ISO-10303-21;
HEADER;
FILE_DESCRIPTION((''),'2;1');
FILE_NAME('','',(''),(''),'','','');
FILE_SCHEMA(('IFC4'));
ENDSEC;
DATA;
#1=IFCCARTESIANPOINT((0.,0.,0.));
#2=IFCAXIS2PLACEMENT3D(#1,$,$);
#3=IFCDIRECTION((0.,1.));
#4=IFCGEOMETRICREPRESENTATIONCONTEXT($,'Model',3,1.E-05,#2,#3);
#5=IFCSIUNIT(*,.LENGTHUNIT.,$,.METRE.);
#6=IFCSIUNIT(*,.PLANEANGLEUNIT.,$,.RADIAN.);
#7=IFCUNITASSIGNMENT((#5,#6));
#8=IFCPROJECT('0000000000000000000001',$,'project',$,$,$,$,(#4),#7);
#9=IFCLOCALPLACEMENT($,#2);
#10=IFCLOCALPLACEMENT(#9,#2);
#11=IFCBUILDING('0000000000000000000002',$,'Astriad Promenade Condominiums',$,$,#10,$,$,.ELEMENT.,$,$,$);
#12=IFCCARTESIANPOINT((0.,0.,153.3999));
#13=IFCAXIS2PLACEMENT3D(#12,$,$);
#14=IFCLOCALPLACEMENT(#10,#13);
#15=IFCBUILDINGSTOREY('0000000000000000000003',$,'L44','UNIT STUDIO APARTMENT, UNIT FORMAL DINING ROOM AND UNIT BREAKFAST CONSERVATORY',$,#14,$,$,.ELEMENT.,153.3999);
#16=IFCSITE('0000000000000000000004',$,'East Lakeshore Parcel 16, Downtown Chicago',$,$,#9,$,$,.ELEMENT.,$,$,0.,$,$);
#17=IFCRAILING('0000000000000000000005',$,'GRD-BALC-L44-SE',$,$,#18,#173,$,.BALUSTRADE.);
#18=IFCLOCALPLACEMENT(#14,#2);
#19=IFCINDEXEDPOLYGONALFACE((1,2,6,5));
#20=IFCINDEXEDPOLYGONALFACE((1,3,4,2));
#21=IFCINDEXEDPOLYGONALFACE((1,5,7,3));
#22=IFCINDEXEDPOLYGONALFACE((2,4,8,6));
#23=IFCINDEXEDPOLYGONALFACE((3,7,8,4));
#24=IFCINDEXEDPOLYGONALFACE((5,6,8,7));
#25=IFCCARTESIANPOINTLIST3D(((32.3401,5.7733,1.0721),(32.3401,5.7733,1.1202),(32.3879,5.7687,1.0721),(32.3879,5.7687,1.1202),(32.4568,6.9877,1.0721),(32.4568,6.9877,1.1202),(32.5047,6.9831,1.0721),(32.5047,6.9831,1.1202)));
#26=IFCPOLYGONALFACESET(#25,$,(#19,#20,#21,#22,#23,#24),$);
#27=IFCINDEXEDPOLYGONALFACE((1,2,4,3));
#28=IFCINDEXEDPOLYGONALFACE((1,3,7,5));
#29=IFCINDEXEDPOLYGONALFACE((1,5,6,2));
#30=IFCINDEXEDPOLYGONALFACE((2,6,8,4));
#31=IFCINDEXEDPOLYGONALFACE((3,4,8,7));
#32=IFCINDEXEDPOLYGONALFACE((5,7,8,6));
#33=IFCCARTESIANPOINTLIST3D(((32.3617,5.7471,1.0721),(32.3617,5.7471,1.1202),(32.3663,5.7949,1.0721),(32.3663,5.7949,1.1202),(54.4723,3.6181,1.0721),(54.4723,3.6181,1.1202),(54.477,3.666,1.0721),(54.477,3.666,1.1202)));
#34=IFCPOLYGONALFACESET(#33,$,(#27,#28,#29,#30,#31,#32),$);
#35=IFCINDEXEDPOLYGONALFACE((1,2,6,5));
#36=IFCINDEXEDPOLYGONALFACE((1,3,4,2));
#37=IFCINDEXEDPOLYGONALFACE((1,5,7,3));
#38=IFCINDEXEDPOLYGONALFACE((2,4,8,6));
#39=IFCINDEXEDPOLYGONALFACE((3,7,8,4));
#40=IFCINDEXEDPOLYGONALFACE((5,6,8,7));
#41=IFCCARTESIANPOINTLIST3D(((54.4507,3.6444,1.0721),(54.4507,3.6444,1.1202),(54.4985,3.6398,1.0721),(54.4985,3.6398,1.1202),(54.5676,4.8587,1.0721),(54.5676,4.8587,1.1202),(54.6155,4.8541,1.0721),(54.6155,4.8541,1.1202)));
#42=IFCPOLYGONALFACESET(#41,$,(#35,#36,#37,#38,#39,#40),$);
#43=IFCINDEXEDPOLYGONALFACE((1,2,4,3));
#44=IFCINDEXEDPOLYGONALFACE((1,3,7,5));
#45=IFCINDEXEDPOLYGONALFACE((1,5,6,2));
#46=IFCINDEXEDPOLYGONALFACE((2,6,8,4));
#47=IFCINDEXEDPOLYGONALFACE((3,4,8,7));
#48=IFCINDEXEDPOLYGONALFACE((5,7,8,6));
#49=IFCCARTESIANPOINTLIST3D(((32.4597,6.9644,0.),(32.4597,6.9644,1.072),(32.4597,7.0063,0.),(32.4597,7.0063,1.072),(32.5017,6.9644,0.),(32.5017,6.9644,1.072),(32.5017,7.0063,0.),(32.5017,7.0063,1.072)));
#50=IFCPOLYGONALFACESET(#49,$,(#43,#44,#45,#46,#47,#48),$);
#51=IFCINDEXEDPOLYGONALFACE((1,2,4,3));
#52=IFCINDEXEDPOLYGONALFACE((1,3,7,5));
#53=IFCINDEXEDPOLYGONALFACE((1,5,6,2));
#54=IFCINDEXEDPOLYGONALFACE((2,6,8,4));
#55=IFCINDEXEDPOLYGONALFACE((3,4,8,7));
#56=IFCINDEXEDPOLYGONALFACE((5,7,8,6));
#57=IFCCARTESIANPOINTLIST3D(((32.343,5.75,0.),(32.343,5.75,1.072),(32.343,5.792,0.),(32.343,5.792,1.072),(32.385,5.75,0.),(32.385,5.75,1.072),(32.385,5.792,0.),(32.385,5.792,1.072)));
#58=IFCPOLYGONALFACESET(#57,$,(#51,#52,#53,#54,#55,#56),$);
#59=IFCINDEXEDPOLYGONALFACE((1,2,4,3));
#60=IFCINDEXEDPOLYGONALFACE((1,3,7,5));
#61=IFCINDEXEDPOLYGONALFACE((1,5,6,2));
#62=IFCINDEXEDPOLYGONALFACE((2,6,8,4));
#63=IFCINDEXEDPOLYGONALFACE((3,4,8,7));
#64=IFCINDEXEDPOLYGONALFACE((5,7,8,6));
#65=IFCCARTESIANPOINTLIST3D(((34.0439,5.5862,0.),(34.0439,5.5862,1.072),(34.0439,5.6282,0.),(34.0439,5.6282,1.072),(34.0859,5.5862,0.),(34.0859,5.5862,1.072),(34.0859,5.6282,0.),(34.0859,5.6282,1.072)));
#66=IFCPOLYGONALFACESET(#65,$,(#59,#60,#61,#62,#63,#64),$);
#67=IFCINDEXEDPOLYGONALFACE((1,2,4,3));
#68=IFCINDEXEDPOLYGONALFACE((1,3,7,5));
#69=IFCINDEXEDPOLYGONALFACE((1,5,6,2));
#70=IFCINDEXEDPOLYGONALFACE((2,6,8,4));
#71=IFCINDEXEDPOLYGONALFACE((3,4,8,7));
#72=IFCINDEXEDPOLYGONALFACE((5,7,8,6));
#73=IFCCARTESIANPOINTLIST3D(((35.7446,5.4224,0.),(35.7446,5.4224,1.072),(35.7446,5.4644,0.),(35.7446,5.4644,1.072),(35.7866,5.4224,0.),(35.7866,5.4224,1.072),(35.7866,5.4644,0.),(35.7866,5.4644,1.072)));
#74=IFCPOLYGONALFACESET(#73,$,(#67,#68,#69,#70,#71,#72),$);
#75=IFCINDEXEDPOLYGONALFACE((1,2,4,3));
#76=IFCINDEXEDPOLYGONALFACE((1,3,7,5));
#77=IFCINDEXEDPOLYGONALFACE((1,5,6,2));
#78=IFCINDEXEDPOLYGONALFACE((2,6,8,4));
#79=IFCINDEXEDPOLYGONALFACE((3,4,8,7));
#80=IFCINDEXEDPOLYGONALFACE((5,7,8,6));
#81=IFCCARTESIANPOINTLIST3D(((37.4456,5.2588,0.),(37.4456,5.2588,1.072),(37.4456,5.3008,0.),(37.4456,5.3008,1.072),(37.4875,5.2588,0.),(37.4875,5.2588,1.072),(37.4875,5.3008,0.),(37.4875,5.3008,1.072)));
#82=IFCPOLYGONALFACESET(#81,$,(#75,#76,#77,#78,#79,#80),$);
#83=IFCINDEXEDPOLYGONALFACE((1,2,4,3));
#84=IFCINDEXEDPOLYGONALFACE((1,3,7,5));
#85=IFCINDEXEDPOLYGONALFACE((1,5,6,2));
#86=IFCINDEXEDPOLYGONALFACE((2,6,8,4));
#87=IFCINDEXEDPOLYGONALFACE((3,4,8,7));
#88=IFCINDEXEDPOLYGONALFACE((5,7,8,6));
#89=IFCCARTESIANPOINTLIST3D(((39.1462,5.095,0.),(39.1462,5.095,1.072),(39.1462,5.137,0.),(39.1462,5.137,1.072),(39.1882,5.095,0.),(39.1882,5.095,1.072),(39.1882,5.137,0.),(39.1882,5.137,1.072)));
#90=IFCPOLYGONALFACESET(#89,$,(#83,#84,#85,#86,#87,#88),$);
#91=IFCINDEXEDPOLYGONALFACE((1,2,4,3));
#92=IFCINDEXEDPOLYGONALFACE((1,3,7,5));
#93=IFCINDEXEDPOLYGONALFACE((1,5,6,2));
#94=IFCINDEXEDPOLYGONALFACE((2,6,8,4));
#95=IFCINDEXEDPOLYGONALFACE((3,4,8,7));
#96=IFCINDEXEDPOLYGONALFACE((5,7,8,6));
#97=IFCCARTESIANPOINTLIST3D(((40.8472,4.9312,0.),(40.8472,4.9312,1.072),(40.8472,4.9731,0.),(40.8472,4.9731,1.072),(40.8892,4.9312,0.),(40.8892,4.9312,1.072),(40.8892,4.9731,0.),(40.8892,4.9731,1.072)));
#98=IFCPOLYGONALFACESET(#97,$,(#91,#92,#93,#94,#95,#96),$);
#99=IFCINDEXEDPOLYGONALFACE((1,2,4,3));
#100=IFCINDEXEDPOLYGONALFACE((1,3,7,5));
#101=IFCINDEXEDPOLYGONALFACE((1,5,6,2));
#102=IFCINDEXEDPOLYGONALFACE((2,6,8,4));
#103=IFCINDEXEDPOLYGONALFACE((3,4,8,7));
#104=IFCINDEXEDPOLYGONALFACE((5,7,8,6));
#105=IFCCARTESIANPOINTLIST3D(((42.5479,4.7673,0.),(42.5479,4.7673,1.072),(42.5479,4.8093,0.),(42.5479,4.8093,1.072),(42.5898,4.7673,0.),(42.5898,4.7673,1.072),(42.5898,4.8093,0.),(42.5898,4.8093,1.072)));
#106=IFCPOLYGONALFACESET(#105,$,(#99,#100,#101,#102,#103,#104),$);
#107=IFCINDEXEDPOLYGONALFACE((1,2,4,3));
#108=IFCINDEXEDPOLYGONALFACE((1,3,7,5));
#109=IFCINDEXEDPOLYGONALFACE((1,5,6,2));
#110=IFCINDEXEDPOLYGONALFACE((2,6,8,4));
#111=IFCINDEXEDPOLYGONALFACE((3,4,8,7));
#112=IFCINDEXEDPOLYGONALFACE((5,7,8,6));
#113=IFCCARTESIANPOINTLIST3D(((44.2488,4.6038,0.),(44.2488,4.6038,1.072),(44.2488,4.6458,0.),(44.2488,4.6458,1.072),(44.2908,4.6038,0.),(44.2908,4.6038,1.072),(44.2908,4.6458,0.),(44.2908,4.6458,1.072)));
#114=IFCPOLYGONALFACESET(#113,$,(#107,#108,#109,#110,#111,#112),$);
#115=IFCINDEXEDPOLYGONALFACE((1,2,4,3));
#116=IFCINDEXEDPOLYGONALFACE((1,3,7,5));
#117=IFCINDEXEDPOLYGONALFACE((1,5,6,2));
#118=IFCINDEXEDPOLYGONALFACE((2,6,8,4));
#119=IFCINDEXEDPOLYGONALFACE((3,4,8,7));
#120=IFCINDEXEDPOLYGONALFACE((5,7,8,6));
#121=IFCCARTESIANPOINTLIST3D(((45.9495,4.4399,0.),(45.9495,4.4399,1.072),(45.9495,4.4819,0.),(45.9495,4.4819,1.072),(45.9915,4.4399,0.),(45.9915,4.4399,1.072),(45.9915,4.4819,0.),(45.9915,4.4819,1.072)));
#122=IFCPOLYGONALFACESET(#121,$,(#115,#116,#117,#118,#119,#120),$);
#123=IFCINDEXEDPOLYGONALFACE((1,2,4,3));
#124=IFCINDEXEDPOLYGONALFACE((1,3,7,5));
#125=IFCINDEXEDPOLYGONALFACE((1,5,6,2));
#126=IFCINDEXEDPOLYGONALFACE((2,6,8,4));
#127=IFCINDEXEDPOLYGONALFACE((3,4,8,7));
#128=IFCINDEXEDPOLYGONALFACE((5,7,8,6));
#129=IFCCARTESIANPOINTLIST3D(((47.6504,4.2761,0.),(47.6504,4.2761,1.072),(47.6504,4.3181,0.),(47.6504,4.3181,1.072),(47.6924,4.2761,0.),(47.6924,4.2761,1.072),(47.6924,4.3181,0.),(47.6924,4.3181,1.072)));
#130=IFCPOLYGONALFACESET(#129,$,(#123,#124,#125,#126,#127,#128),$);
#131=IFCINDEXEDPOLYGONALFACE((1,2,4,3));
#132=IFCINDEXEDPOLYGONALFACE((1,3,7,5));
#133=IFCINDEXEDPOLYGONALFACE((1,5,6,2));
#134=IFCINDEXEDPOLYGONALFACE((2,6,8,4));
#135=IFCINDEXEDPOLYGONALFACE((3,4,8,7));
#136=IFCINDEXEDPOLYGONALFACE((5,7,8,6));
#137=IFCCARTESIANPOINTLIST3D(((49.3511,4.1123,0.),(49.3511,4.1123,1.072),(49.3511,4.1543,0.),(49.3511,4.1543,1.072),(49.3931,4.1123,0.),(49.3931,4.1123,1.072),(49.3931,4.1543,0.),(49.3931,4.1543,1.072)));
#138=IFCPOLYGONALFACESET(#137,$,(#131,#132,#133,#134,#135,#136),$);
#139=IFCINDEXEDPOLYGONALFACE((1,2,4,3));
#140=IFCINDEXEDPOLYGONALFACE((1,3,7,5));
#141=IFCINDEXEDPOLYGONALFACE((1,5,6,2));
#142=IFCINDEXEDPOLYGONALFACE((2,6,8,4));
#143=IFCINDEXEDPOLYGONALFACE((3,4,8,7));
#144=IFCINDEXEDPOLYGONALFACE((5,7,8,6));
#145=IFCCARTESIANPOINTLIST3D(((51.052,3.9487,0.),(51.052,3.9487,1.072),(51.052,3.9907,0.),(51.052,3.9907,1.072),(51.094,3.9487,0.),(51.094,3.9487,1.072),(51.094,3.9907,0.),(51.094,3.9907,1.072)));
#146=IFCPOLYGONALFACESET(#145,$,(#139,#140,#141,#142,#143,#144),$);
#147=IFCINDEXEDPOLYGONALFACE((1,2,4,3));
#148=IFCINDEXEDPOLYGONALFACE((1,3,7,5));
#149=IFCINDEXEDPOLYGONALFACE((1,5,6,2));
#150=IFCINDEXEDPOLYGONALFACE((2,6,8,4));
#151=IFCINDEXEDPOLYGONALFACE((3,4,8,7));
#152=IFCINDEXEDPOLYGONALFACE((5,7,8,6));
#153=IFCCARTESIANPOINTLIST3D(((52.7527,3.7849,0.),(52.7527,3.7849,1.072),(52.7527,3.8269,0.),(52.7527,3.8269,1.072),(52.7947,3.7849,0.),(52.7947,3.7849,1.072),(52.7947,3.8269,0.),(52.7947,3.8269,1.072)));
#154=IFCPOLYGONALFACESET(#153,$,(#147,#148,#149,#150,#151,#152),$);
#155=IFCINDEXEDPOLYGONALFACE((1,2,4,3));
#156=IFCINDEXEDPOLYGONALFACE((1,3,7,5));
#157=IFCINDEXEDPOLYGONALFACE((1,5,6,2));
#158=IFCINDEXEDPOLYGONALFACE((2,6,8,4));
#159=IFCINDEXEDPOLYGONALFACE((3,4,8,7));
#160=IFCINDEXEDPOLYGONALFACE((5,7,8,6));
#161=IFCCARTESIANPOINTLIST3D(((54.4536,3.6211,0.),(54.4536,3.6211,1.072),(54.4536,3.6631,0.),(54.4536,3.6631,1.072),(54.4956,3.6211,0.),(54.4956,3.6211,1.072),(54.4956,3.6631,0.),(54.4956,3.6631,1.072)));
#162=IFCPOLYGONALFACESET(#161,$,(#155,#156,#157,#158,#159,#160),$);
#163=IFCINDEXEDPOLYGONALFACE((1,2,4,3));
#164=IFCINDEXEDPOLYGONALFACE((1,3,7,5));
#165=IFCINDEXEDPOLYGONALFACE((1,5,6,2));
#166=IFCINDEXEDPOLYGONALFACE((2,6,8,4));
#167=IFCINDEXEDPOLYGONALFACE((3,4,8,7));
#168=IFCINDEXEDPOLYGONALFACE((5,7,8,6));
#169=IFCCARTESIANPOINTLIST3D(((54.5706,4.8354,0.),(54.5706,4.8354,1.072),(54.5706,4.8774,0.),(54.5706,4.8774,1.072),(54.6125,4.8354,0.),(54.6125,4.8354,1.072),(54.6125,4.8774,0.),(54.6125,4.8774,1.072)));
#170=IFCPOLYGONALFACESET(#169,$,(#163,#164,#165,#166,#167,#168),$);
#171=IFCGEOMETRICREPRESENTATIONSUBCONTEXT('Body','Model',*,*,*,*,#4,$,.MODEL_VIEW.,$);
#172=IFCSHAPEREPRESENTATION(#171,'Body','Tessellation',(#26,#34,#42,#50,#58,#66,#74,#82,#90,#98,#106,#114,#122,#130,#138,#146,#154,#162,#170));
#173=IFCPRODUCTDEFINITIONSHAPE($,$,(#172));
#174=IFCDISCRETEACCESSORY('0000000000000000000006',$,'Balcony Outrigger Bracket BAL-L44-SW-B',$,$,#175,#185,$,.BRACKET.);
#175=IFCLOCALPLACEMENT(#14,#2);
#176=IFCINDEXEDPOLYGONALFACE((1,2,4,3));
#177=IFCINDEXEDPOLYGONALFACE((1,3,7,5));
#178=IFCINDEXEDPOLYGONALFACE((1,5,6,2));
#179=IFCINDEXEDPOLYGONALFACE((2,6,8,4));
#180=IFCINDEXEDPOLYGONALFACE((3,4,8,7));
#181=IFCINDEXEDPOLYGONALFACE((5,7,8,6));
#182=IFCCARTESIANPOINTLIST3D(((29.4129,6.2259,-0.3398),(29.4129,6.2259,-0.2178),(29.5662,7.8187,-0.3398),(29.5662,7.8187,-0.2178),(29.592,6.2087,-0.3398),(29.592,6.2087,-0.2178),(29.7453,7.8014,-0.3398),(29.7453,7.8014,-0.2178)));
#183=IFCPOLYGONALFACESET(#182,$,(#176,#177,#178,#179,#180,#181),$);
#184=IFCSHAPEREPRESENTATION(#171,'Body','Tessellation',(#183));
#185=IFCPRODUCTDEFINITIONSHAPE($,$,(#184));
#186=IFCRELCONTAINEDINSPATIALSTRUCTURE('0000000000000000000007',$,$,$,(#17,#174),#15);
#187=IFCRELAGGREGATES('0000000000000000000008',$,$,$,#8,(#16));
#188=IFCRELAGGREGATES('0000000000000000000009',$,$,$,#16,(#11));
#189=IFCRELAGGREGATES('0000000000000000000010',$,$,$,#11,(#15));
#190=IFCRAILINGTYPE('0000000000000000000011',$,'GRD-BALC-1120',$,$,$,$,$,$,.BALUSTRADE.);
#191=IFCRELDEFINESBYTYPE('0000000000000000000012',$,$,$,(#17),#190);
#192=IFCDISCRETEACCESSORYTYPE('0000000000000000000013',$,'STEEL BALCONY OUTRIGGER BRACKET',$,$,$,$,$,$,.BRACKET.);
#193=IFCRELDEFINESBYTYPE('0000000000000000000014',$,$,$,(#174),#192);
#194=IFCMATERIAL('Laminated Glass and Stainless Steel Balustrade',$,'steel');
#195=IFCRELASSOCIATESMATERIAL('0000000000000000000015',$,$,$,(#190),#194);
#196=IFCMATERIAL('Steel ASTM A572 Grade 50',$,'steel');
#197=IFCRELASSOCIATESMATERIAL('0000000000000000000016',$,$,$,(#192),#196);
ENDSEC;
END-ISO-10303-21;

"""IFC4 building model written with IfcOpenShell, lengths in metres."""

from ifc_helpers import new_model, si_unit, direction, frame, origin, origin_2d, place, context, subcontext, project, spatial, rectangle, extrude, source, transform, mapped, material, type_object, type_shapes, element, save


model = new_model("IFC4")

# Units and contexts
model_context = context("Model", 3, precision=1e-05, world=origin(), true_north=direction((0.0, 1.0)))
body_context = subcontext(model_context, "Body", "Model", "MODEL_VIEW")
ifc_project = project(units=[si_unit("LENGTHUNIT", "METRE"), si_unit("PLANEANGLEUNIT", "RADIAN")], contexts=[model_context])

# Site, building, storey
site_placement = place(None, origin())
site = spatial("IfcSite", under=ifc_project, at=site_placement, Name="East Lakeshore Parcel 16, Downtown Chicago", CompositionType="ELEMENT", RefElevation=0.0)
building_placement = place(site_placement, origin())
building = spatial("IfcBuilding", under=site, at=building_placement, Name="Astriad Promenade Condominiums", CompositionType="ELEMENT")
storey_placement = place(building_placement, frame((0.0, 0.0, 153.3999)))
storey = spatial("IfcBuildingStorey", under=building, at=storey_placement, Name="L44", Description="UNIT STUDIO APARTMENT, UNIT FORMAL DINING ROOM AND UNIT BREAKFAST CONSERVATORY", CompositionType="ELEMENT", Elevation=153.3999)

# Railing
ifc_material_1 = material(Name="Laminated Glass and Stainless Steel Balustrade", Category="steel")
railing_type = type_object("IfcRailingType", Name="GRD-BALC-1120", PredefinedType="BALUSTRADE", material=ifc_material_1)
shared_shape_1 = source(origin(), body_context, "Body", "SweptSolid", [
    extrude(rectangle(XDim=0.0481, YDim=0.0481, at=origin_2d()), frame((0.0, 0.0, 1.0962), z_axis=(-0.095659, -0.995414, 0.0), x_axis=(0.995414, -0.095659, 0.0)), (0.0, 0.0, 1.0), 1.22),
    extrude(rectangle(XDim=0.0481, YDim=0.0481, at=origin_2d()), frame((-0.1167, -1.2144, 1.0962), z_axis=(0.995397, -0.095841, 0.0), x_axis=(0.095841, 0.995397, 0.0)), (0.0, 0.0, 1.0), 22.2129),
    extrude(rectangle(XDim=0.0481, YDim=0.0481, at=origin_2d()), frame((21.9939, -3.3433, 1.0962), z_axis=(0.095857, 0.995395, 0.0), x_axis=(-0.995395, 0.095857, 0.0)), (0.0, 0.0, 1.0), 1.22),
    extrude(rectangle(XDim=0.042, YDim=0.042, at=origin_2d()), origin(), (0.0, 0.0, 1.0), 1.072),
    extrude(rectangle(XDim=0.042, YDim=0.042, at=origin_2d()), frame((-0.1167, -1.2144, 0.0)), (0.0, 0.0, 1.0), 1.072),
    extrude(rectangle(XDim=0.042, YDim=0.042, at=origin_2d()), frame((1.5842, -1.3782, 0.0)), (0.0, 0.0, 1.0), 1.072),
    extrude(rectangle(XDim=0.042, YDim=0.042, at=origin_2d()), frame((3.2849, -1.542, 0.0)), (0.0, 0.0, 1.0), 1.072),
    extrude(rectangle(XDim=0.042, YDim=0.042, at=origin_2d()), frame((4.9858, -1.7056, 0.0)), (0.0, 0.0, 1.0), 1.072),
    extrude(rectangle(XDim=0.042, YDim=0.042, at=origin_2d()), frame((6.6865, -1.8694, 0.0)), (0.0, 0.0, 1.0), 1.072),
    extrude(rectangle(XDim=0.042, YDim=0.042, at=origin_2d()), frame((8.3875, -2.0332, 0.0)), (0.0, 0.0, 1.0), 1.072),
    extrude(rectangle(XDim=0.042, YDim=0.042, at=origin_2d()), frame((10.0881, -2.197, 0.0)), (0.0, 0.0, 1.0), 1.072),
    extrude(rectangle(XDim=0.042, YDim=0.042, at=origin_2d()), frame((11.7891, -2.3606, 0.0)), (0.0, 0.0, 1.0), 1.072),
    extrude(rectangle(XDim=0.042, YDim=0.042, at=origin_2d()), frame((13.4897, -2.5244, 0.0)), (0.0, 0.0, 1.0), 1.072),
    extrude(rectangle(XDim=0.042, YDim=0.042, at=origin_2d()), frame((15.1907, -2.6882, 0.0)), (0.0, 0.0, 1.0), 1.072),
    extrude(rectangle(XDim=0.042, YDim=0.042, at=origin_2d()), frame((16.8914, -2.8521, 0.0)), (0.0, 0.0, 1.0), 1.072),
    extrude(rectangle(XDim=0.042, YDim=0.042, at=origin_2d()), frame((18.5923, -3.0156, 0.0)), (0.0, 0.0, 1.0), 1.072),
    extrude(rectangle(XDim=0.042, YDim=0.042, at=origin_2d()), frame((20.293, -3.1794, 0.0)), (0.0, 0.0, 1.0), 1.072),
    extrude(rectangle(XDim=0.042, YDim=0.042, at=origin_2d()), frame((21.9939, -3.3433, 0.0)), (0.0, 0.0, 1.0), 1.072),
    extrude(rectangle(XDim=0.042, YDim=0.042, at=origin_2d()), frame((22.1108, -2.1289, 0.0)), (0.0, 0.0, 1.0), 1.072),
])
type_shapes(railing_type, [shared_shape_1])
railing_placement = place(storey_placement, frame((32.4807, 6.9854, 0.0)))
element("IfcRailing", 1, at=railing_placement, inside=storey, type_object=railing_type, Name="GRD-BALC-L44-SE", PredefinedType="BALUSTRADE", context=body_context, shape_type="MappedRepresentation", body=[
    mapped(shared_shape_1, transform((0.0, 0.0, 0.0), scale=1.0)),
])

# Discrete accessory
ifc_material_2 = material(Name="Steel ASTM A572 Grade 50", Category="steel")
discrete_accessory_type = type_object("IfcDiscreteAccessoryType", Name="STEEL BALCONY OUTRIGGER BRACKET", PredefinedType="BRACKET", material=ifc_material_2)
shared_shape_2 = source(origin(), body_context, "Body", "SweptSolid", [
    extrude(rectangle(XDim=1.6001, YDim=0.1799, at=origin_2d()), origin(), (0.0, 0.0, 1.0), 0.1221),
])
type_shapes(discrete_accessory_type, [shared_shape_2])
discrete_accessory_placement = place(storey_placement, frame((29.5791, 7.0137, -0.3398), z_axis=(0.0, 0.0, 1.0), x_axis=(-0.095846, -0.995396, 0.0)))
element("IfcDiscreteAccessory", 2, at=discrete_accessory_placement, inside=storey, type_object=discrete_accessory_type, Name="Balcony Outrigger Bracket BAL-L44-SW-B", PredefinedType="BRACKET", context=body_context, shape_type="MappedRepresentation", body=[
    mapped(shared_shape_2, transform((0.0, 0.0, 0.0), scale=1.0)),
])

save(model, "model.ifc")
